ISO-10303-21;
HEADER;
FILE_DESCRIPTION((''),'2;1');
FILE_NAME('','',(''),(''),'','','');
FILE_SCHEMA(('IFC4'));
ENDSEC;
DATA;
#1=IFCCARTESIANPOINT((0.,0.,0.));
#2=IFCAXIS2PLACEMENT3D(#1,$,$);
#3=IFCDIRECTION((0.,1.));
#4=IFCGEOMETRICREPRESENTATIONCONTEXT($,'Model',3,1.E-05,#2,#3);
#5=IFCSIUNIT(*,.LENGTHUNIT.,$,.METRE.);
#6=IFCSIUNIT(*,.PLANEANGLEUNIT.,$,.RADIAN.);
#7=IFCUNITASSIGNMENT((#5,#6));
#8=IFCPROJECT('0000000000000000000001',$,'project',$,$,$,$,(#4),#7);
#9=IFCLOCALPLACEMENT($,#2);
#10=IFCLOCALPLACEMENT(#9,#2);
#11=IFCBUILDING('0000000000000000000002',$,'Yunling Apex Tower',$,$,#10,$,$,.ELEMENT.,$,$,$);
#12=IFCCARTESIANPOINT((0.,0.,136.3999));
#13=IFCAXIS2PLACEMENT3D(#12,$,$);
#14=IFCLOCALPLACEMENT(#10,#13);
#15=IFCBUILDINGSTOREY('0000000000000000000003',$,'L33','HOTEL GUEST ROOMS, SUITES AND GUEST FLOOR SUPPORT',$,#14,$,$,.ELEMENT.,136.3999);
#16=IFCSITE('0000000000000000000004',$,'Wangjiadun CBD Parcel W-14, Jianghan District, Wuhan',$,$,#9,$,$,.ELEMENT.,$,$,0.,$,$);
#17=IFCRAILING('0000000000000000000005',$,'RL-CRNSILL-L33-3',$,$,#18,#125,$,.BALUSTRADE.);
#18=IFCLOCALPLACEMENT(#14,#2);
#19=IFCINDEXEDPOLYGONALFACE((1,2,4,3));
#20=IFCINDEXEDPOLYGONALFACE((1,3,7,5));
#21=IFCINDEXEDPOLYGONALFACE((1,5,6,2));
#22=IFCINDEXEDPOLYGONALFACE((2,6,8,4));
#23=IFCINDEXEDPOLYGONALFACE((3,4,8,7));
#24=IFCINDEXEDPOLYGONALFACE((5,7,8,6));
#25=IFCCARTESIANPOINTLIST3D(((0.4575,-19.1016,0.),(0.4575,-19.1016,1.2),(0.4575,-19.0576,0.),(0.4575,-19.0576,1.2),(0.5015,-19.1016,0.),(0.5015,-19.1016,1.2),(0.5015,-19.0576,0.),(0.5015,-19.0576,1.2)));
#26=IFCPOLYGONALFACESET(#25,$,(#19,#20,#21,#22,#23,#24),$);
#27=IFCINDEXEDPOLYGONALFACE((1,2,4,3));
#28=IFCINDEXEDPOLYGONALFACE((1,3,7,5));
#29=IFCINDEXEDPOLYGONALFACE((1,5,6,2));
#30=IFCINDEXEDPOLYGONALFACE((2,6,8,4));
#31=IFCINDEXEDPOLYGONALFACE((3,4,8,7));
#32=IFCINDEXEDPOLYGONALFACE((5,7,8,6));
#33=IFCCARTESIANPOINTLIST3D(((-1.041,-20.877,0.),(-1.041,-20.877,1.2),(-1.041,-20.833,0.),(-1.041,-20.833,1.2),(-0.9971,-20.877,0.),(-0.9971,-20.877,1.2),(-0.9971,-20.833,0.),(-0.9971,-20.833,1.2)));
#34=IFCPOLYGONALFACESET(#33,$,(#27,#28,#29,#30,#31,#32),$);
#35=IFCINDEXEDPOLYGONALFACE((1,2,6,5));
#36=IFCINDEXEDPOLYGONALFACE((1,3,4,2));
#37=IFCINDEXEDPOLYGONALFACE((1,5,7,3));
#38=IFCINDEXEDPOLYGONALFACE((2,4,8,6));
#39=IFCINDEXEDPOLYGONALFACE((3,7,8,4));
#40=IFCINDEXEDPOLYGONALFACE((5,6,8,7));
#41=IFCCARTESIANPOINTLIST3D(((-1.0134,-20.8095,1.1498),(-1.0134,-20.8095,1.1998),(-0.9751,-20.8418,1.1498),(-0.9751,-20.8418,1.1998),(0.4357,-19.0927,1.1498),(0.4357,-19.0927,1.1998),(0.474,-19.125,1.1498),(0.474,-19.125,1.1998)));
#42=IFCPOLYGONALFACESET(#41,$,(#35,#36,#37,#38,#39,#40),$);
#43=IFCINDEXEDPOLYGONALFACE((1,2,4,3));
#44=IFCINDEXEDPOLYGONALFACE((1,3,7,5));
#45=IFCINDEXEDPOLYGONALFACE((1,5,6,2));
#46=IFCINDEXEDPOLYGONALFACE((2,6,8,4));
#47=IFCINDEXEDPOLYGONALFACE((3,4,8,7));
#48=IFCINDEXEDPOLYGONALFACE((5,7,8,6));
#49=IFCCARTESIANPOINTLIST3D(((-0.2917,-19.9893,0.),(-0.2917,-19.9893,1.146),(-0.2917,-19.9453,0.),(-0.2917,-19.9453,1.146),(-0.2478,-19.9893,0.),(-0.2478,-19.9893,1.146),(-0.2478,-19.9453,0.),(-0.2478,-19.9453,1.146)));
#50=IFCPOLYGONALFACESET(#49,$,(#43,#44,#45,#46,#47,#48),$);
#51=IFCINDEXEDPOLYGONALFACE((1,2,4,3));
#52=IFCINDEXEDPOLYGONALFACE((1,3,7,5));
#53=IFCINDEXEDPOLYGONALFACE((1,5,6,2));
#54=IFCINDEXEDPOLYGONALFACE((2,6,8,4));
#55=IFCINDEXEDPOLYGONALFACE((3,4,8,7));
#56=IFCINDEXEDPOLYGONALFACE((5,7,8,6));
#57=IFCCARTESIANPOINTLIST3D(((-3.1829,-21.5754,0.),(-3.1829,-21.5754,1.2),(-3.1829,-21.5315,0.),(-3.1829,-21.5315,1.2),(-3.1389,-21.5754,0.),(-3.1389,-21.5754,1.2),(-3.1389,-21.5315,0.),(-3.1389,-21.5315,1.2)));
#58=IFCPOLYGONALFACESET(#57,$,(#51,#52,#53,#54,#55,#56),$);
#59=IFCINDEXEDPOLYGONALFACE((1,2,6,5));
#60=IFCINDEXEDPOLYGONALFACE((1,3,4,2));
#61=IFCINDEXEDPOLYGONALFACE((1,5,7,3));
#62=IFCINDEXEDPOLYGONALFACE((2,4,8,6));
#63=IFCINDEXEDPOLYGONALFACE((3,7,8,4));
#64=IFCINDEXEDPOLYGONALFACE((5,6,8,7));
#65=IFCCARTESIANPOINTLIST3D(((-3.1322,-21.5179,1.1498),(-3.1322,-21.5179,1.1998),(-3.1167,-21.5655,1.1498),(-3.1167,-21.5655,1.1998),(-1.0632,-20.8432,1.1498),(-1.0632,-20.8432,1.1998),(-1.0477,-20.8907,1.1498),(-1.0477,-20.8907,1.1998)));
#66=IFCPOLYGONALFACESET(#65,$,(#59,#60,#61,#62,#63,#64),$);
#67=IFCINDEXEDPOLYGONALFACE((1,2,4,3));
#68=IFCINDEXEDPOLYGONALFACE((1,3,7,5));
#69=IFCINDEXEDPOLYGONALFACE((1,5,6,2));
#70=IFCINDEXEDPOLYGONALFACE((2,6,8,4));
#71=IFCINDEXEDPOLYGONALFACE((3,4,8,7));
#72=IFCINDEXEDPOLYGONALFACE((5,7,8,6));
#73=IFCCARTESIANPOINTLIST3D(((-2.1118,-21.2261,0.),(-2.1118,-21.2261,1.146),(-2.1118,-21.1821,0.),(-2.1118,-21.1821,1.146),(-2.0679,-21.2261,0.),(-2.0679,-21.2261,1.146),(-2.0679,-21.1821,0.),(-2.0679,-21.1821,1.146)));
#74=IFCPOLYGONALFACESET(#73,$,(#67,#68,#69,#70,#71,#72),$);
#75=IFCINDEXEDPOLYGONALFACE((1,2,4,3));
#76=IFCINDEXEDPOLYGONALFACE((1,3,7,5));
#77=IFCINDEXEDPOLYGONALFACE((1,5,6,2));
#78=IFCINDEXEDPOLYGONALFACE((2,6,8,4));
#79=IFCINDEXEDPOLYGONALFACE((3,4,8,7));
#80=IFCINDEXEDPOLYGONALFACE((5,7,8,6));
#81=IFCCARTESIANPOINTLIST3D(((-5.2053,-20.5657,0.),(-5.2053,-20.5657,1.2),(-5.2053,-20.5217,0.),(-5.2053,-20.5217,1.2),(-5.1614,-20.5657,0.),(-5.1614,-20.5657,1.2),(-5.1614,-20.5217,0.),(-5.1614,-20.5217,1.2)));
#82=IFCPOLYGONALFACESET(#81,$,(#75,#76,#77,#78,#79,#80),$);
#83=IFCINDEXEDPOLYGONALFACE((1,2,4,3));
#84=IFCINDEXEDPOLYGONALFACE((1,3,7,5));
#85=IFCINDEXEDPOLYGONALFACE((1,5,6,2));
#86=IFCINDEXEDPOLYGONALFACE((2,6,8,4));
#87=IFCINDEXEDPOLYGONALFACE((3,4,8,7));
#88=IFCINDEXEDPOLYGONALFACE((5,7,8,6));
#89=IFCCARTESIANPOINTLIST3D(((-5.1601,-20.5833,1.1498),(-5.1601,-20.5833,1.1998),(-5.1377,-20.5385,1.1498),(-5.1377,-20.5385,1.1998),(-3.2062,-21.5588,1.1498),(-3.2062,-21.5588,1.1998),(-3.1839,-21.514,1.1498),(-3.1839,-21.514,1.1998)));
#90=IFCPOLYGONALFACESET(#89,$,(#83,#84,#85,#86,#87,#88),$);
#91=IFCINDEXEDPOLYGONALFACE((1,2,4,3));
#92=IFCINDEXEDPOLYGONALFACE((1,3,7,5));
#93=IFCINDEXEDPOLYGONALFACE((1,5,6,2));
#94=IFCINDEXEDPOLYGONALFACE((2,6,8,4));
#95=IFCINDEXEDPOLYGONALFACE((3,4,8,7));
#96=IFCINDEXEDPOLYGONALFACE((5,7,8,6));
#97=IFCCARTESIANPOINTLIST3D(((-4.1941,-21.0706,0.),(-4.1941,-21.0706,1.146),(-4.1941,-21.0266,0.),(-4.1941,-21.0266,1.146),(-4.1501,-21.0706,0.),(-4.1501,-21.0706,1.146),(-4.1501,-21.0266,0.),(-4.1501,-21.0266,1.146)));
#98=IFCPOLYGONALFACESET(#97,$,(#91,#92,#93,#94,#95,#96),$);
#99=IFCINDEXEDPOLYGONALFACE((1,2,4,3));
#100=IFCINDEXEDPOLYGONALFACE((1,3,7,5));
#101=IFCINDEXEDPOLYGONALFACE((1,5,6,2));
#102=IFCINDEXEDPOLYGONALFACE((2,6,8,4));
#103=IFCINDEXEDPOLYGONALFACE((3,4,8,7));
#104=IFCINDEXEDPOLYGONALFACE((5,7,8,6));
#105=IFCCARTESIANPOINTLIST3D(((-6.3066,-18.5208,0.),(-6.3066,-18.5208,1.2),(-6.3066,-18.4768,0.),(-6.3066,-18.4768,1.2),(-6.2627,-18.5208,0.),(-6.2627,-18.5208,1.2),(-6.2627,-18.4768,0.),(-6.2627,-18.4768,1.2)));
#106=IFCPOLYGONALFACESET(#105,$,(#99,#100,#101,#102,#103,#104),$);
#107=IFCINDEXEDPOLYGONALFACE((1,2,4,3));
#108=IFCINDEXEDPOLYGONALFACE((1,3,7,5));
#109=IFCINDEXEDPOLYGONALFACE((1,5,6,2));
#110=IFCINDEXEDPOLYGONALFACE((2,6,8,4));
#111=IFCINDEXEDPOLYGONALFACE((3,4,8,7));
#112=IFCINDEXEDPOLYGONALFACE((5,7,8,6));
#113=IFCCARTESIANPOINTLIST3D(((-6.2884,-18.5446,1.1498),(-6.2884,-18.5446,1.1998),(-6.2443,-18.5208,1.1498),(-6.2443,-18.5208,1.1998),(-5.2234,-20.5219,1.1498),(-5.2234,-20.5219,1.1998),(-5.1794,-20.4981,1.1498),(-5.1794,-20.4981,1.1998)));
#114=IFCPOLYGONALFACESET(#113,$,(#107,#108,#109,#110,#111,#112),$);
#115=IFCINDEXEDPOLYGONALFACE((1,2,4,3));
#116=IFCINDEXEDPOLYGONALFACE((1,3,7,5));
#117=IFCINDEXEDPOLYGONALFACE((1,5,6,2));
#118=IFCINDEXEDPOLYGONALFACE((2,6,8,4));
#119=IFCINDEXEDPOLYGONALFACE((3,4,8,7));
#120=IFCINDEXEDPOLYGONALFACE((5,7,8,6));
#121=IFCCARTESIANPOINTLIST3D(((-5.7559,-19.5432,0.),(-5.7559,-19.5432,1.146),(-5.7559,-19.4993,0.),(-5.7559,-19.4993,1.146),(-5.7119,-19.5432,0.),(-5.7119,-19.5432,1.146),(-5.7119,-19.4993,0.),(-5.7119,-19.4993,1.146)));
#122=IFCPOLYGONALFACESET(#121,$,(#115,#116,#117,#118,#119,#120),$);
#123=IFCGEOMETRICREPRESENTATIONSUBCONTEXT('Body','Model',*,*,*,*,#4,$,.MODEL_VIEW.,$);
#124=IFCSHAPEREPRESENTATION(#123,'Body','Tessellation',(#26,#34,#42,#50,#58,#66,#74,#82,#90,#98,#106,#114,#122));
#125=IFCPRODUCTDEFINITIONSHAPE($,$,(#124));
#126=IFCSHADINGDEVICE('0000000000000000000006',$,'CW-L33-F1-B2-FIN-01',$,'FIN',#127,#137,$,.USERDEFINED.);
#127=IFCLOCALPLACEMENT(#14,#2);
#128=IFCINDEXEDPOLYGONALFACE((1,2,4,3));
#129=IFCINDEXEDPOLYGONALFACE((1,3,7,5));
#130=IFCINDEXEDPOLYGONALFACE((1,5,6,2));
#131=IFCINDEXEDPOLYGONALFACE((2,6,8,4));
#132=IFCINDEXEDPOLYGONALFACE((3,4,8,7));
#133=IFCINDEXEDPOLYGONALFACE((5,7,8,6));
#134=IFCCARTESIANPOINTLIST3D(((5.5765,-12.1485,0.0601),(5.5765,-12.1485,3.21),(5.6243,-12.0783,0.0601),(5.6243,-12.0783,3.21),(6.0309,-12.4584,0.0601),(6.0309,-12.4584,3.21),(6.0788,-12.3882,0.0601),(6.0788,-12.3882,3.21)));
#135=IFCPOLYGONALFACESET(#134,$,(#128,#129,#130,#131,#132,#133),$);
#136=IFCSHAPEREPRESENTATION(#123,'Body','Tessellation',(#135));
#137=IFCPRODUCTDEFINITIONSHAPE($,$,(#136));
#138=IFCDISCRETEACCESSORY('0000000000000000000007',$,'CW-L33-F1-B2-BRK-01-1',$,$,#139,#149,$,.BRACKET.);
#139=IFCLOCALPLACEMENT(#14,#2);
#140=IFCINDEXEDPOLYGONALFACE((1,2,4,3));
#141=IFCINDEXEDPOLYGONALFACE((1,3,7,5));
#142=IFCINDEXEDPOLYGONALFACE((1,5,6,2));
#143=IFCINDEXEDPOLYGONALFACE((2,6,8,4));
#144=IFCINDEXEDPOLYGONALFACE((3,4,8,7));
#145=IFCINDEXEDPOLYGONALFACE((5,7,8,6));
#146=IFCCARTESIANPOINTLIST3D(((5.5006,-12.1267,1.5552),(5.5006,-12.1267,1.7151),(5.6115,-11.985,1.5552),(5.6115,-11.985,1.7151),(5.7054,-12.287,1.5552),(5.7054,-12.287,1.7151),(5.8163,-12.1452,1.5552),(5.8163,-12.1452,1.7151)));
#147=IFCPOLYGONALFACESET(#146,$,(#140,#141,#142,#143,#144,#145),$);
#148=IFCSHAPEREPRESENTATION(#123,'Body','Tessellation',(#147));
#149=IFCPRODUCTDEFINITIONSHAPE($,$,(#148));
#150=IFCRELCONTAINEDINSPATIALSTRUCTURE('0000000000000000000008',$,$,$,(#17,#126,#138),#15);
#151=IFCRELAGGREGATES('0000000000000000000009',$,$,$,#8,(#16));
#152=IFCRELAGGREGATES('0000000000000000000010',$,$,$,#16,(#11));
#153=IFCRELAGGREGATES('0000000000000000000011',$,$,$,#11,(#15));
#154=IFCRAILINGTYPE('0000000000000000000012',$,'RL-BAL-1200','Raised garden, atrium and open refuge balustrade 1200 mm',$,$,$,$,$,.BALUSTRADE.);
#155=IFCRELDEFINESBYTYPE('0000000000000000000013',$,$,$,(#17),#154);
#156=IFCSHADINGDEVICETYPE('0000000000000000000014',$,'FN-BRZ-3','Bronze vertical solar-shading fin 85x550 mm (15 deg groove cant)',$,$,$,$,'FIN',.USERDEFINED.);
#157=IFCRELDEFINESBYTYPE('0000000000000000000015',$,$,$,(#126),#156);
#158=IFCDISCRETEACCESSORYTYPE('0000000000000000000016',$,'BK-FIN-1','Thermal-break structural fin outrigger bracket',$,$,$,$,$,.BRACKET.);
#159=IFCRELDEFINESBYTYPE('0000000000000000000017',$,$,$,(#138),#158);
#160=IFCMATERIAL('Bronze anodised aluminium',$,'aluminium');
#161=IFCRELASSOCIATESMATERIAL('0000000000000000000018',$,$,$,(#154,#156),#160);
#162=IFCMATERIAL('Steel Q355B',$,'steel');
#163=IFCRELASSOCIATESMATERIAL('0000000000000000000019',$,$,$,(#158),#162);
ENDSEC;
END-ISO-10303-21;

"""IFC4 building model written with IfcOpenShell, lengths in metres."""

from ifc_helpers import new_model, si_unit, direction, frame, origin, origin_2d, place, context, subcontext, project, spatial, rectangle, extrude, source, transform, mapped, material, material_profile, profile_set, type_object, element, save


model = new_model("IFC4")

# Units and contexts
model_context = context("Model", 3, precision=1e-05, world=origin(), true_north=direction((0.0, 1.0)))
body_context = subcontext(model_context, "Body", "Model", "MODEL_VIEW")
ifc_project = project(units=[si_unit("LENGTHUNIT", "METRE"), si_unit("PLANEANGLEUNIT", "RADIAN")], contexts=[model_context])

# Site, building, storey
site_placement = place(None, origin())
site = spatial("IfcSite", under=ifc_project, at=site_placement, Name="Wangjiadun CBD Parcel W-14, Jianghan District, Wuhan", CompositionType="ELEMENT", RefElevation=0.0)
building_placement = place(site_placement, origin())
building = spatial("IfcBuilding", under=site, at=building_placement, Name="Yunling Apex Tower", CompositionType="ELEMENT")
storey_placement = place(building_placement, frame((0.0, 0.0, 136.3999)))
storey = spatial("IfcBuildingStorey", under=building, at=storey_placement, Name="L33", Description="HOTEL GUEST ROOMS, SUITES AND GUEST FLOOR SUPPORT", CompositionType="ELEMENT", Elevation=136.3999)

# Shared definitions
ifc_material_1 = material(Name="Steel Q355B", Category="steel")

# Shared definitions
ifc_material_2 = material(Name="Bronze anodised aluminium", Category="aluminium")

# Railing
railing_type = type_object("IfcRailingType", Name="RL-BAL-1200", Description="Raised garden, atrium and open refuge balustrade 1200 mm", PredefinedType="BALUSTRADE", material=ifc_material_2)
railing_placement = place(storey_placement, frame((0.4795, -19.0796, 0.0)))
element("IfcRailing", 1, at=railing_placement, inside=storey, type_object=railing_type, Name="RL-CRNSILL-L33-3", PredefinedType="BALUSTRADE", context=body_context, shape_type="SweptSolid", body=[
    extrude(rectangle(XDim=0.0439, YDim=0.0439, at=origin_2d()), origin(), (0.0, 0.0, 1.0), 1.2),
    extrude(rectangle(XDim=0.0439, YDim=0.0439, at=origin_2d()), frame((-1.4985, -1.7754, 0.0)), (0.0, 0.0, 1.0), 1.2),
    extrude(rectangle(XDim=0.05, YDim=0.05, at=origin_2d()), frame((-0.0247, -0.0293, 1.1748), z_axis=(-0.645009, -0.764175, 0.0), x_axis=(0.764175, -0.645009, 0.0)), (0.0, 0.0, 1.0), 2.2466),
    extrude(rectangle(XDim=0.0439, YDim=0.0439, at=origin_2d()), frame((-0.7493, -0.8877, 0.0)), (0.0, 0.0, 1.0), 1.146),
    extrude(rectangle(XDim=0.0439, YDim=0.0439, at=origin_2d()), frame((-3.6404, -2.4739, 0.0)), (0.0, 0.0, 1.0), 1.2),
    extrude(rectangle(XDim=0.05, YDim=0.05, at=origin_2d()), frame((-1.5349, -1.7874, 1.1748), z_axis=(-0.950722, -0.310044, 0.0), x_axis=(0.310044, -0.950722, 0.0)), (0.0, 0.0, 1.0), 2.1763),
    extrude(rectangle(XDim=0.0439, YDim=0.0439, at=origin_2d()), frame((-2.5693, -2.1245, 0.0)), (0.0, 0.0, 1.0), 1.146),
    extrude(rectangle(XDim=0.0439, YDim=0.0439, at=origin_2d()), frame((-5.6628, -1.4641, 0.0)), (0.0, 0.0, 1.0), 1.2),
    extrude(rectangle(XDim=0.05, YDim=0.05, at=origin_2d()), frame((-3.6746, -2.4568, 1.1748), z_axis=(-0.894686, 0.446695, 0.0), x_axis=(-0.446695, -0.894686, 0.0)), (0.0, 0.0, 1.0), 2.1838),
    extrude(rectangle(XDim=0.0439, YDim=0.0439, at=origin_2d()), frame((-4.6516, -1.969, 0.0)), (0.0, 0.0, 1.0), 1.146),
    extrude(rectangle(XDim=0.0439, YDim=0.0439, at=origin_2d()), frame((-6.7642, 0.5808, 0.0)), (0.0, 0.0, 1.0), 1.2),
    extrude(rectangle(XDim=0.05, YDim=0.05, at=origin_2d()), frame((-5.6809, -1.4304, 1.1748), z_axis=(-0.474169, 0.880434, 0.0), x_axis=(-0.880434, -0.474169, 0.0)), (0.0, 0.0, 1.0), 2.2458),
    extrude(rectangle(XDim=0.0439, YDim=0.0439, at=origin_2d()), frame((-6.2134, -0.4417, 0.0)), (0.0, 0.0, 1.0), 1.146),
])

# Shading device
ifc_material_profile_1 = material_profile(ifc_material_2, rectangle(XDim=0.085, YDim=0.55, at=origin_2d()))
ifc_profile_set_1 = profile_set([ifc_material_profile_1], Name="Bronze anodised aluminium")
shading_device_type = type_object("IfcShadingDeviceType", Name="FN-BRZ-3", Description="Bronze vertical solar-shading fin 85x550 mm (15 deg groove cant)", ElementType="FIN", PredefinedType="USERDEFINED", material=ifc_profile_set_1)
shared_shape_1 = source(origin(), body_context, "Body", "SweptSolid", [
    extrude(rectangle(XDim=0.085, YDim=0.55, at=origin_2d()), origin(), (0.0, 0.0, 1.0), 3.1499),
])
shading_device_placement = place(storey_placement, frame((5.8276, -12.2683, 0.0601), z_axis=(0.0, 0.0, 1.0), x_axis=(0.563382, 0.826197, 0.0)))
element("IfcShadingDevice", 2, at=shading_device_placement, inside=storey, type_object=shading_device_type, Name="CW-L33-F1-B2-FIN-01", ObjectType="FIN", PredefinedType="USERDEFINED", context=body_context, shape_type="MappedRepresentation", body=[
    mapped(shared_shape_1, transform((0.0, 0.0, 0.0), scale=1.0)),
])

# Discrete accessory
discrete_accessory_type = type_object("IfcDiscreteAccessoryType", Name="BK-FIN-1", Description="Thermal-break structural fin outrigger bracket", PredefinedType="BRACKET", material=ifc_material_1)
shared_shape_2 = source(origin(), body_context, "Body", "SweptSolid", [
    extrude(rectangle(XDim=0.1799, YDim=0.26, at=origin_2d()), origin(), (0.0, 0.0, 1.0), 0.1599),
])
discrete_accessory_placement = place(storey_placement, frame((5.6584, -12.136, 1.5552), z_axis=(0.0, 0.0, 1.0), x_axis=(0.616211, 0.787581, 0.0)))
element("IfcDiscreteAccessory", 3, at=discrete_accessory_placement, inside=storey, type_object=discrete_accessory_type, Name="CW-L33-F1-B2-BRK-01-1", PredefinedType="BRACKET", context=body_context, shape_type="MappedRepresentation", body=[
    mapped(shared_shape_2, transform((0.0, 0.0, 0.0), scale=1.0)),
])

save(model, "model.ifc")
